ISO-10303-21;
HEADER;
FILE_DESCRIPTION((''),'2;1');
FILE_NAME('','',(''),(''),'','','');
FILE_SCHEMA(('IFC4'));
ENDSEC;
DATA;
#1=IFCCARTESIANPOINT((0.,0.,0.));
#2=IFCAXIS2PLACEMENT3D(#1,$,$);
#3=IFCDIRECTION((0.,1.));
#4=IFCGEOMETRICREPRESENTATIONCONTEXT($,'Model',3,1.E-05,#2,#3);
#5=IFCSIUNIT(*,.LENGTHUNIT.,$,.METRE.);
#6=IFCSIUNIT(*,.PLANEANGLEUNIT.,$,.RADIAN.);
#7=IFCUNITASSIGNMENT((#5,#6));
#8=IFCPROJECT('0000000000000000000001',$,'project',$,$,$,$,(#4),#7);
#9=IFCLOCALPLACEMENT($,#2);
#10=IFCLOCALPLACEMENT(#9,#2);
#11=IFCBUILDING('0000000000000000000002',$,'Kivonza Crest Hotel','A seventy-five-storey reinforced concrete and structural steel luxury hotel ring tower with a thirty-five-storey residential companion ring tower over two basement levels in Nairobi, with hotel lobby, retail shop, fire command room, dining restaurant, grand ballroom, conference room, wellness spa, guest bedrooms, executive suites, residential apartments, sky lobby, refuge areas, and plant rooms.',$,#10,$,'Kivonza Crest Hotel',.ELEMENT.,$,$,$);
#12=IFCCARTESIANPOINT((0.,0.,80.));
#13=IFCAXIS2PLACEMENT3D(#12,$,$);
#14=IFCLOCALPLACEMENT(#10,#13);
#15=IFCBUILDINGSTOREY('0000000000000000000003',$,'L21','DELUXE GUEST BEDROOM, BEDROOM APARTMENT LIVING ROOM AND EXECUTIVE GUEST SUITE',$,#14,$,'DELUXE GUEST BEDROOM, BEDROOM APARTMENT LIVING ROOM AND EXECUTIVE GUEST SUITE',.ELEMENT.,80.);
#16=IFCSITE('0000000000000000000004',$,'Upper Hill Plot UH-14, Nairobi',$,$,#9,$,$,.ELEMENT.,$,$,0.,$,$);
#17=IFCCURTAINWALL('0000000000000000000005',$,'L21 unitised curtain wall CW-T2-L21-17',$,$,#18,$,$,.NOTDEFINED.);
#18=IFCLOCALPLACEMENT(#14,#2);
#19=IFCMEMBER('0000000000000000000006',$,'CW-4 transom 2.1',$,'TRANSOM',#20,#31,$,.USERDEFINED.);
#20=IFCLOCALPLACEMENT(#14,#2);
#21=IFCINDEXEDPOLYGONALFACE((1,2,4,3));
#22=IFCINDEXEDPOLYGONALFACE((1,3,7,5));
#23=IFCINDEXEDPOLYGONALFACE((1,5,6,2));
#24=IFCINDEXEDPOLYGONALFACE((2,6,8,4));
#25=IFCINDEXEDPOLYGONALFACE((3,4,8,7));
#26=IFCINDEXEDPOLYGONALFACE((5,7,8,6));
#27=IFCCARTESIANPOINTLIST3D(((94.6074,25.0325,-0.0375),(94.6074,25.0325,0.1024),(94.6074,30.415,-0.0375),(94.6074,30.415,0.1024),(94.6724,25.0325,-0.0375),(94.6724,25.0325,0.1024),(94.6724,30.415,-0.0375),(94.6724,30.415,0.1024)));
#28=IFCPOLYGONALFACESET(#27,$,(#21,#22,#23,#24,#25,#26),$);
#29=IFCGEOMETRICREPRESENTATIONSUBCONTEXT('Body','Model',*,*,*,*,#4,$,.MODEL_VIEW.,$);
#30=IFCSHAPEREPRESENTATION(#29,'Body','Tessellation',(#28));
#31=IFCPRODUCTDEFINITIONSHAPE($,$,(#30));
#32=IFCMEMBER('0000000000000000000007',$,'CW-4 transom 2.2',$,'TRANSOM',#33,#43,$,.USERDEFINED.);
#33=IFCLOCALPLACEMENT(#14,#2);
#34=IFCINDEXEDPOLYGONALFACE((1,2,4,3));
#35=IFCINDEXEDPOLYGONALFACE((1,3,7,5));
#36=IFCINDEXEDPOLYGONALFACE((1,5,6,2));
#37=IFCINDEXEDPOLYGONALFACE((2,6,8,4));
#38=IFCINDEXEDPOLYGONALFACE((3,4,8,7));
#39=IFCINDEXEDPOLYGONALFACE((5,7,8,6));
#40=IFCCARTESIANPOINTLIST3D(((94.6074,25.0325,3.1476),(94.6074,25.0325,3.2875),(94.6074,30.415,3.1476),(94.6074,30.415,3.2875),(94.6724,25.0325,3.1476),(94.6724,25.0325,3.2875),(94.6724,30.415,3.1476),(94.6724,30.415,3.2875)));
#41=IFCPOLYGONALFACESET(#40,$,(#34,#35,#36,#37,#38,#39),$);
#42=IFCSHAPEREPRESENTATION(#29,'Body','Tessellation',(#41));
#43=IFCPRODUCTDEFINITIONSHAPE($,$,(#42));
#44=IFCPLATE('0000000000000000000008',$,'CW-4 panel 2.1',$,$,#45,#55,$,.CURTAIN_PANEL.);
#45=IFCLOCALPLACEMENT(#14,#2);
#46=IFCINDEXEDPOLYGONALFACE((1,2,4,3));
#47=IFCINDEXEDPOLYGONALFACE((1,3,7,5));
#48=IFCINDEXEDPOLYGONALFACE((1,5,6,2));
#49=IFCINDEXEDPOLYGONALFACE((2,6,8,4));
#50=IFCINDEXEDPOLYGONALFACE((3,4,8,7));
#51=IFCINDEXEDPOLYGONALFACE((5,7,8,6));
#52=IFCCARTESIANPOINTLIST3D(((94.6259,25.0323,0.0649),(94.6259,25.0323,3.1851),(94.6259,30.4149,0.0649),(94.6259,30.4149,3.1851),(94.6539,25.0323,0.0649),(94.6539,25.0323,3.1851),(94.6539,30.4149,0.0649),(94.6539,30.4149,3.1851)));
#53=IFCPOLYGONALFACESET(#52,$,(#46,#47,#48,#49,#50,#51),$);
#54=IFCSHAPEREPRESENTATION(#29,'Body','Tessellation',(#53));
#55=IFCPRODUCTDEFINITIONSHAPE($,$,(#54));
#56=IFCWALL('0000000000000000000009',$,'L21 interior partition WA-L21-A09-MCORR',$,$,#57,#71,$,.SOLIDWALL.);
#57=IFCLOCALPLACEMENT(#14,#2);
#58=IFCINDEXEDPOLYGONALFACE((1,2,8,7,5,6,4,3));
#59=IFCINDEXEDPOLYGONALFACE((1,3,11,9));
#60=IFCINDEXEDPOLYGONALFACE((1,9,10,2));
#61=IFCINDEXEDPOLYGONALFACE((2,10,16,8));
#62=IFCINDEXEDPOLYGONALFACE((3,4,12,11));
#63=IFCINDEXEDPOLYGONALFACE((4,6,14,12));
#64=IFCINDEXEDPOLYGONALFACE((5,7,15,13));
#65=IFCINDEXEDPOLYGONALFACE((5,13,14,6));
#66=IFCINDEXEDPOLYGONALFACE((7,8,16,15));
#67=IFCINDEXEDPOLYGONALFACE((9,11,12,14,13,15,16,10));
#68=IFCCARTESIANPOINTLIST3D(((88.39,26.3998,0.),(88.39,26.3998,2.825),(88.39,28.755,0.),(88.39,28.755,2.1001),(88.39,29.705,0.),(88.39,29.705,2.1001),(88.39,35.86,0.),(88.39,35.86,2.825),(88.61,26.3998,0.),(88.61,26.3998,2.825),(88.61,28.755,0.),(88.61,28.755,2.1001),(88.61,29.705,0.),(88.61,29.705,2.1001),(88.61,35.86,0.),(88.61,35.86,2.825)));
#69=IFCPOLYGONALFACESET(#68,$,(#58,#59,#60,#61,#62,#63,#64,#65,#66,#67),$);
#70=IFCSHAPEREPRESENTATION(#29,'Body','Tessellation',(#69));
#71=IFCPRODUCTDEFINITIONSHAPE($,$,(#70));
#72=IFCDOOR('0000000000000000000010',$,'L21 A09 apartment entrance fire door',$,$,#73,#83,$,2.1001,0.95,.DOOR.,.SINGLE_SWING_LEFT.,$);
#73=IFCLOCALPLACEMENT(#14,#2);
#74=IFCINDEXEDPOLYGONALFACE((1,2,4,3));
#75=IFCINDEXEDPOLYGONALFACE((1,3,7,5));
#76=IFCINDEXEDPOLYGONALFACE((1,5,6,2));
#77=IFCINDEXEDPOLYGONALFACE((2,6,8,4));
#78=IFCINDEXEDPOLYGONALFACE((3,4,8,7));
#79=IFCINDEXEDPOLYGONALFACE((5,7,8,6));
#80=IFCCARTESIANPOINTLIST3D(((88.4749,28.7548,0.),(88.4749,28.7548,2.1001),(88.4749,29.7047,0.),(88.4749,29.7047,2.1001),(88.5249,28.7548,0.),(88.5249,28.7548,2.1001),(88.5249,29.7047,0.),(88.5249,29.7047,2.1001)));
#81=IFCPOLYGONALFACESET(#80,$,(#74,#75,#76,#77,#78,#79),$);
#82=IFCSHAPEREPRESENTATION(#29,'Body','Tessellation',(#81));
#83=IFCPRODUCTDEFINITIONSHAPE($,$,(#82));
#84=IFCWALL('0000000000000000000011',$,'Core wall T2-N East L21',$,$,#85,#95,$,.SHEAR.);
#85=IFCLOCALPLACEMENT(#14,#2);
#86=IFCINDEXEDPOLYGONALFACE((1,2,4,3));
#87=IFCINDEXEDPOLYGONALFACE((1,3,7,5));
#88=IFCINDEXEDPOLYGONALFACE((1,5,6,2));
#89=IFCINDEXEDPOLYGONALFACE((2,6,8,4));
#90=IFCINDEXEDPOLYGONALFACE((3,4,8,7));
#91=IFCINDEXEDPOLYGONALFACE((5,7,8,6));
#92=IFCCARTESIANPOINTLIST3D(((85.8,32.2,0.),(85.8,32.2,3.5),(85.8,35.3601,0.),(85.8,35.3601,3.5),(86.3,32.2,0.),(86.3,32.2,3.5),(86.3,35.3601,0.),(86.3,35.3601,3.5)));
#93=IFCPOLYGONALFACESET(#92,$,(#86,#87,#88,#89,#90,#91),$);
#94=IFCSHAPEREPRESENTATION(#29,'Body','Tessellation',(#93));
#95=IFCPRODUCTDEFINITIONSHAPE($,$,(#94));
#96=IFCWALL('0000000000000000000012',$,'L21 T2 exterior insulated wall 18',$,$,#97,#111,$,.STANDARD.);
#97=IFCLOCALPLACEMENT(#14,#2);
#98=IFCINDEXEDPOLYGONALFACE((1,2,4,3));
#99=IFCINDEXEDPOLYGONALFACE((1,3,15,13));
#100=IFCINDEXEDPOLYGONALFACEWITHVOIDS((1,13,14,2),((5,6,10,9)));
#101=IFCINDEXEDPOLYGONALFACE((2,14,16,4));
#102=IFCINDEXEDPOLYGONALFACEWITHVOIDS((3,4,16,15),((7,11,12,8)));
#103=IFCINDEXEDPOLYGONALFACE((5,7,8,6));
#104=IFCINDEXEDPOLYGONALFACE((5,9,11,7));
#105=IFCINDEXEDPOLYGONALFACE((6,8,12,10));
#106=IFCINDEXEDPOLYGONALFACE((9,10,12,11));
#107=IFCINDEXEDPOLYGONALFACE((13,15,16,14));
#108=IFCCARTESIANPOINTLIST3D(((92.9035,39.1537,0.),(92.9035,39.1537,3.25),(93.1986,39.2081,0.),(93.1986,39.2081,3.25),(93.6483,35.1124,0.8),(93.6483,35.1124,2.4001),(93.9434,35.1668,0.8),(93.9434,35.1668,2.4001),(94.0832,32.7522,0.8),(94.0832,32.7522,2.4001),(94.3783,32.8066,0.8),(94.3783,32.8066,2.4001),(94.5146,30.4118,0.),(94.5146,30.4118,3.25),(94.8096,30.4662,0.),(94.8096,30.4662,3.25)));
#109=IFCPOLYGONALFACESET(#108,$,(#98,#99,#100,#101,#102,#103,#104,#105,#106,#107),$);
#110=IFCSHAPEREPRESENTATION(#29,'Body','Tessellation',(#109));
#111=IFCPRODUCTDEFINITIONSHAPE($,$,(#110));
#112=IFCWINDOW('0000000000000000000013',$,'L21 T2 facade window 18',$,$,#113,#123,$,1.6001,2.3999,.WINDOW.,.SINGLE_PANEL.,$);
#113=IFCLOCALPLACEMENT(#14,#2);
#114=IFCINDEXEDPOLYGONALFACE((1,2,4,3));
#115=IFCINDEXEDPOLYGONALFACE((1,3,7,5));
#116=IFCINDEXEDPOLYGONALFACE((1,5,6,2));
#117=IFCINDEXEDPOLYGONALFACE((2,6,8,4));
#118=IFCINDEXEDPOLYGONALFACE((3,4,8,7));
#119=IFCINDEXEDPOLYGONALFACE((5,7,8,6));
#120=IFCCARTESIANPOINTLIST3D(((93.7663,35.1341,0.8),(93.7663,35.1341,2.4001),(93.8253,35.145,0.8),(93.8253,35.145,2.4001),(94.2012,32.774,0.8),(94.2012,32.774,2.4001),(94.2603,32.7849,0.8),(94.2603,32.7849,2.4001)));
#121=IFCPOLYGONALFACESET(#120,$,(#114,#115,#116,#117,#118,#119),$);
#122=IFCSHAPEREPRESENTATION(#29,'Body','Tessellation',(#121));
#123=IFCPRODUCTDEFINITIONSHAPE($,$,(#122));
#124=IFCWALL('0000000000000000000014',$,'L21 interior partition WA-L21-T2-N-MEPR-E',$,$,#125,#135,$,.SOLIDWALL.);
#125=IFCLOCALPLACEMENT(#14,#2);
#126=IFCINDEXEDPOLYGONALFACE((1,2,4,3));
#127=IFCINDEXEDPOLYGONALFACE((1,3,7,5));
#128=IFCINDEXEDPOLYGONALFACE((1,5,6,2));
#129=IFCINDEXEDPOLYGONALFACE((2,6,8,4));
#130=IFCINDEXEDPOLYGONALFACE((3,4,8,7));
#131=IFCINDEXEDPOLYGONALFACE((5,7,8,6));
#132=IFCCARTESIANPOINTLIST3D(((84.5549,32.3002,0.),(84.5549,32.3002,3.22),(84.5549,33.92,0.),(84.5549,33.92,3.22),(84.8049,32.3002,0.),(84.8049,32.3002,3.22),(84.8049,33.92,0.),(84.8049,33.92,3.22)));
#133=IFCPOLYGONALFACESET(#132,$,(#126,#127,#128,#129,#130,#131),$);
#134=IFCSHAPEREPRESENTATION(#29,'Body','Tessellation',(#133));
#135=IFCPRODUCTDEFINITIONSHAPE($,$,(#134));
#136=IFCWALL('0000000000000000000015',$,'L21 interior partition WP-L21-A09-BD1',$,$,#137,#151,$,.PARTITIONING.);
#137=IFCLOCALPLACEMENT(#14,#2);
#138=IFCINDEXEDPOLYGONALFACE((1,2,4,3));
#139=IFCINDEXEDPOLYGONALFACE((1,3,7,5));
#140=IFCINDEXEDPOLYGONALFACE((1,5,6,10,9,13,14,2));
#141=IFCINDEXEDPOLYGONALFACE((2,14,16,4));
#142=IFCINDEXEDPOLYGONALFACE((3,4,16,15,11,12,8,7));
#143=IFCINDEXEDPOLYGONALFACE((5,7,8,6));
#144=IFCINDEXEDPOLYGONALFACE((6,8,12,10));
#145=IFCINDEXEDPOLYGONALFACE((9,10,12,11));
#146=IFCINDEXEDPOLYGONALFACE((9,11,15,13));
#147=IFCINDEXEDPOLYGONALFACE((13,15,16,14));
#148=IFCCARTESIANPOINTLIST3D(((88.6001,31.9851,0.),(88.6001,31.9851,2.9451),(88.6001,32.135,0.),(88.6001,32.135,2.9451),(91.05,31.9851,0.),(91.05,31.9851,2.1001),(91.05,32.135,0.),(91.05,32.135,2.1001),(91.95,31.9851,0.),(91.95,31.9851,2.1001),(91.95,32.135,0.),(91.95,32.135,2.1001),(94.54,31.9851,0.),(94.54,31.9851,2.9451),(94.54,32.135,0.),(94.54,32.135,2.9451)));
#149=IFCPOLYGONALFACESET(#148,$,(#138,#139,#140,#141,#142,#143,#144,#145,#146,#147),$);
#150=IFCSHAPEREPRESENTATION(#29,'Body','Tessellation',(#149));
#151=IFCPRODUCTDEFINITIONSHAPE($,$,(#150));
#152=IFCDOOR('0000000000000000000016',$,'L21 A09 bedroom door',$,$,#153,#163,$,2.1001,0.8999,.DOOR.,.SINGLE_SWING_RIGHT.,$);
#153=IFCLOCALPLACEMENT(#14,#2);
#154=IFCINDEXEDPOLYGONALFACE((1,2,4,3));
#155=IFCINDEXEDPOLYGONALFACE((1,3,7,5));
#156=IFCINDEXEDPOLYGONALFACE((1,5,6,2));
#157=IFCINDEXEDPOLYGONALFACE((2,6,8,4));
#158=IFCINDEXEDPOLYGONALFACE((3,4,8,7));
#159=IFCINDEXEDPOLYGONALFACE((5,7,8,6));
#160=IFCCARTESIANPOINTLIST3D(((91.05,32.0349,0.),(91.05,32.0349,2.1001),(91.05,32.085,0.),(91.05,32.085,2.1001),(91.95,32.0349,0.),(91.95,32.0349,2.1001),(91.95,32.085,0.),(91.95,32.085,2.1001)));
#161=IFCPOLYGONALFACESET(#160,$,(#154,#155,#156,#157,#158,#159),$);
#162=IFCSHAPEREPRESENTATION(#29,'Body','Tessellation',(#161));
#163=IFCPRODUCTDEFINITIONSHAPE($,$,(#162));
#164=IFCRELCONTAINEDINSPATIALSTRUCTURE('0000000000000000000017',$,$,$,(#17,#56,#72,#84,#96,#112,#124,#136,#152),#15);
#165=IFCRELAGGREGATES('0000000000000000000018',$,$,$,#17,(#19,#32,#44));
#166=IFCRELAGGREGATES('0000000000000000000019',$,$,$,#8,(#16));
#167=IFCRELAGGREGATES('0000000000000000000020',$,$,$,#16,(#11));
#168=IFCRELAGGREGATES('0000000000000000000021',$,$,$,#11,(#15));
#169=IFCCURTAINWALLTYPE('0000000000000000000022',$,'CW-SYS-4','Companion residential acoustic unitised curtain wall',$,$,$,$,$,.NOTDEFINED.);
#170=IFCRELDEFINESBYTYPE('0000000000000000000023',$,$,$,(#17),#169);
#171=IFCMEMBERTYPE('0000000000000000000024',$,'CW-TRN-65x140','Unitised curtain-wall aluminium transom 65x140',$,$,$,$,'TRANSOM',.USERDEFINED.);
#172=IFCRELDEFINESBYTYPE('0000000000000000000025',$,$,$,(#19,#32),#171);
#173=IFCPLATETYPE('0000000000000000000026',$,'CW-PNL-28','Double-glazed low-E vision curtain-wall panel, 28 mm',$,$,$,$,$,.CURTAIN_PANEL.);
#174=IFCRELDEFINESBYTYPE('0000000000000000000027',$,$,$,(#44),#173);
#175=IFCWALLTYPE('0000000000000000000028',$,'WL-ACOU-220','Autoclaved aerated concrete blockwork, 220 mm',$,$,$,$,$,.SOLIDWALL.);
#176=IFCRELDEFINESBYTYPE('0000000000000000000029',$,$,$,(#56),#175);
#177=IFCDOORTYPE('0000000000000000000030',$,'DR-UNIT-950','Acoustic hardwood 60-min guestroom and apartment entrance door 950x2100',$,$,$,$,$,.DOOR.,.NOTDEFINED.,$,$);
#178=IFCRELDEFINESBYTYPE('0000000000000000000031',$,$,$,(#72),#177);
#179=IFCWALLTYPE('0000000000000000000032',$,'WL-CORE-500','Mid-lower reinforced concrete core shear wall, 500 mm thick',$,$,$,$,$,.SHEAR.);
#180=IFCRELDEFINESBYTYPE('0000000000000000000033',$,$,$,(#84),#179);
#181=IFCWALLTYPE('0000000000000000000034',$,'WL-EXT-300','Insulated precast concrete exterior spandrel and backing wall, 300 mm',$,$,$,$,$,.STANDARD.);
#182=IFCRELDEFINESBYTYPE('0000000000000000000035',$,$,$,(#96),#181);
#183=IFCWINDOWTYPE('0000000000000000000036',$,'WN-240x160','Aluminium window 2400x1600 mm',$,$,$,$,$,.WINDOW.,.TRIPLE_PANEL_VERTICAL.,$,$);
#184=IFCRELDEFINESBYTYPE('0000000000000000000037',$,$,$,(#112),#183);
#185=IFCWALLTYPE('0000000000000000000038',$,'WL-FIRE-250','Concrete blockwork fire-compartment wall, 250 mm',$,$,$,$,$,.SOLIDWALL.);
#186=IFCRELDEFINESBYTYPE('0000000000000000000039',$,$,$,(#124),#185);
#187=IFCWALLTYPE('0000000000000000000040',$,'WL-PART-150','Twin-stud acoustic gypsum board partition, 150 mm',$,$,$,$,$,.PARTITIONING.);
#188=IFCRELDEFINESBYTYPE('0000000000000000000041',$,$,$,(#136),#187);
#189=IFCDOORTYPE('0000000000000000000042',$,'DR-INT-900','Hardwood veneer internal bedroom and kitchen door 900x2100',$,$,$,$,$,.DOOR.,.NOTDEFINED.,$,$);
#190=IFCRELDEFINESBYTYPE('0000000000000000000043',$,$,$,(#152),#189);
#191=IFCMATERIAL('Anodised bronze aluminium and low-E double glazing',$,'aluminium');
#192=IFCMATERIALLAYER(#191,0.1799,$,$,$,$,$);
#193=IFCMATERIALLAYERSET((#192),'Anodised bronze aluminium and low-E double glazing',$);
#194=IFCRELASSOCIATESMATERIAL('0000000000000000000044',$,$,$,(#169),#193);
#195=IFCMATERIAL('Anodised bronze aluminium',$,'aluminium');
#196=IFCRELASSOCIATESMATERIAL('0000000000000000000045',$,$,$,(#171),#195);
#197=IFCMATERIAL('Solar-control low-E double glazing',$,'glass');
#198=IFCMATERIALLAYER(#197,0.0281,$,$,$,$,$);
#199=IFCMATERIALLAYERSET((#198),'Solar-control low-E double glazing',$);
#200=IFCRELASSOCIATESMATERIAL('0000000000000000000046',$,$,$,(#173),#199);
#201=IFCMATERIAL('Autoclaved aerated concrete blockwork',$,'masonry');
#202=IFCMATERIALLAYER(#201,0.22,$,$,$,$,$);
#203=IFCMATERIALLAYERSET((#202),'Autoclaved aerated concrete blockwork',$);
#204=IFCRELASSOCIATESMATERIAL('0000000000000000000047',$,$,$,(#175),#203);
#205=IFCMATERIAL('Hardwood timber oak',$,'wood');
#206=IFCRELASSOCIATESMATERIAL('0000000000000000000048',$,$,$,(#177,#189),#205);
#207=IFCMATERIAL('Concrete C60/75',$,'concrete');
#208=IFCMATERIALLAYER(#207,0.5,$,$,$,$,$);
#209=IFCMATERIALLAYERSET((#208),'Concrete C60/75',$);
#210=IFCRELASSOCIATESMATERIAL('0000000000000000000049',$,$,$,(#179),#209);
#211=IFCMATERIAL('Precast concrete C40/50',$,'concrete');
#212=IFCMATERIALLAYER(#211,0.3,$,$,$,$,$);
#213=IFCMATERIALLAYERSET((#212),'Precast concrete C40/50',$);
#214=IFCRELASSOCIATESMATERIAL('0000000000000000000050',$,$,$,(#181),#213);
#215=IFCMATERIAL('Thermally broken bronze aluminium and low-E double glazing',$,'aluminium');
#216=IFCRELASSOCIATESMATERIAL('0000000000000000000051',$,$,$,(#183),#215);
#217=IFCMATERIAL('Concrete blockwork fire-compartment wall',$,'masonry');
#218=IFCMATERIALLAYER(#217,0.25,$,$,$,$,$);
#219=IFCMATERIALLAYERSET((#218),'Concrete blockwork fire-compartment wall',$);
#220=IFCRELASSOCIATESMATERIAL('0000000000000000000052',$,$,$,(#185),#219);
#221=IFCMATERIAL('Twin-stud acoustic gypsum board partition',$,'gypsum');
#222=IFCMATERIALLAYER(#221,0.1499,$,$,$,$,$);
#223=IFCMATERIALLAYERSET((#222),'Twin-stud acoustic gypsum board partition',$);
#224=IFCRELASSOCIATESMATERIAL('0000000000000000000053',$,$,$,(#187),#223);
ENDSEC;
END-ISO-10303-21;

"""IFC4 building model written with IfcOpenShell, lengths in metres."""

from ifc_helpers import new_model, si_unit, direction, frame, frame_2d, origin, origin_2d, place, context, subcontext, project, spatial, rectangle, extrude, material, layer, layer_set, material_profile, profile_set, type_object, element, fill, aggregate, save


model = new_model("IFC4")

# Units and contexts
model_context = context("Model", 3, precision=1e-05, world=origin(), true_north=direction((0.0, 1.0)))
body_context = subcontext(model_context, "Body", "Model", "MODEL_VIEW")
ifc_project = project(units=[si_unit("LENGTHUNIT", "METRE"), si_unit("PLANEANGLEUNIT", "RADIAN")], contexts=[model_context])

# Site, building, storey
site_placement = place(None, origin())
site = spatial("IfcSite", under=ifc_project, at=site_placement, Name="Upper Hill Plot UH-14, Nairobi", CompositionType="ELEMENT", RefElevation=0.0)
building_placement = place(site_placement, origin())
building = spatial("IfcBuilding", under=site, at=building_placement, Name="Kivonza Crest Hotel", Description="A seventy-five-storey reinforced concrete and structural steel luxury hotel ring tower with a thirty-five-storey residential companion ring tower over two basement levels in Nairobi, with hotel lobby, retail shop, fire command room, dining restaurant, grand ballroom, conference room, wellness spa, guest bedrooms, executive suites, residential apartments, sky lobby, refuge areas, and plant rooms.", LongName="Kivonza Crest Hotel", CompositionType="ELEMENT")
storey_placement = place(building_placement, frame((0.0, 0.0, 80.0)))
storey = spatial("IfcBuildingStorey", under=building, at=storey_placement, Name="L21", Description="DELUXE GUEST BEDROOM, BEDROOM APARTMENT LIVING ROOM AND EXECUTIVE GUEST SUITE", LongName="DELUXE GUEST BEDROOM, BEDROOM APARTMENT LIVING ROOM AND EXECUTIVE GUEST SUITE", CompositionType="ELEMENT", Elevation=80.0)

# Curtain wall, members, plate
ifc_material_1 = material(Name="Anodised bronze aluminium and low-E double glazing", Category="aluminium")
ifc_layer_1 = layer(ifc_material_1, 0.1799)
ifc_layer_set_1 = layer_set([ifc_layer_1], Name="Anodised bronze aluminium and low-E double glazing")
curtain_wall_type = type_object("IfcCurtainWallType", Name="CW-SYS-4", Description="Companion residential acoustic unitised curtain wall", PredefinedType="NOTDEFINED", material=ifc_layer_set_1)
curtain_wall_placement = place(storey_placement, origin())
curtain_wall = element("IfcCurtainWall", 1, at=curtain_wall_placement, inside=storey, type_object=curtain_wall_type, Name="L21 unitised curtain wall CW-T2-L21-17", PredefinedType="NOTDEFINED")
ifc_material_2 = material(Name="Anodised bronze aluminium", Category="aluminium")
ifc_material_profile_1 = material_profile(ifc_material_2, rectangle(XDim=0.0649, YDim=0.1399, at=origin_2d()), Name="CW-T 65x140")
ifc_profile_set_1 = profile_set([ifc_material_profile_1], Name="Anodised bronze aluminium")
member_type_1 = type_object("IfcMemberType", Name="CW-TRN-65x140", Description="Unitised curtain-wall aluminium transom 65x140", ElementType="TRANSOM", PredefinedType="USERDEFINED", material=ifc_profile_set_1)
member_1_placement = place(storey_placement, frame((94.6399, 25.0325, 0.0325), z_axis=(0.0, 1.0, 0.0), x_axis=(-1.0, 0.0, 0.0)))
member_1 = element("IfcMember", 2, at=member_1_placement, type_object=member_type_1, Name="CW-4 transom 2.1", ObjectType="TRANSOM", PredefinedType="USERDEFINED", context=body_context, shape_type="SweptSolid", body=[
    extrude(rectangle(XDim=0.0649, YDim=0.1399, at=origin_2d()), origin(), (0.0, 0.0, 1.0), 5.3826),
])
member_2_placement = place(storey_placement, frame((94.6399, 25.0325, 3.2175), z_axis=(0.0, 1.0, 0.0), x_axis=(-1.0, 0.0, 0.0)))
member_2 = element("IfcMember", 3, at=member_2_placement, type_object=member_type_1, Name="CW-4 transom 2.2", ObjectType="TRANSOM", PredefinedType="USERDEFINED", context=body_context, shape_type="SweptSolid", body=[
    extrude(rectangle(XDim=0.0649, YDim=0.1399, at=origin_2d()), origin(), (0.0, 0.0, 1.0), 5.3826),
])
ifc_material_3 = material(Name="Solar-control low-E double glazing", Category="glass")
ifc_layer_2 = layer(ifc_material_3, 0.0281)
ifc_layer_set_2 = layer_set([ifc_layer_2], Name="Solar-control low-E double glazing")
plate_type = type_object("IfcPlateType", Name="CW-PNL-28", Description="Double-glazed low-E vision curtain-wall panel, 28 mm", PredefinedType="CURTAIN_PANEL", material=ifc_layer_set_2)
plate_placement = place(storey_placement, frame((94.6399, 27.7236, 0.0649), z_axis=(0.0, 0.0, 1.0), x_axis=(0.0, 1.0, 0.0)))
plate = element("IfcPlate", 4, at=plate_placement, type_object=plate_type, Name="CW-4 panel 2.1", PredefinedType="CURTAIN_PANEL", context=body_context, shape_type="SweptSolid", body=[
    extrude(rectangle(XDim=5.3826, YDim=0.0281, at=origin_2d()), origin(), (0.0, 0.0, 1.0), 3.1201),
])
aggregate(curtain_wall, [member_1, member_2, plate])

# Wall, opening, door
ifc_material_4 = material(Name="Autoclaved aerated concrete blockwork", Category="masonry")
ifc_layer_3 = layer(ifc_material_4, 0.22)
ifc_layer_set_3 = layer_set([ifc_layer_3], Name="Autoclaved aerated concrete blockwork")
wall_type_1 = type_object("IfcWallType", Name="WL-ACOU-220", Description="Autoclaved aerated concrete blockwork, 220 mm", PredefinedType="SOLIDWALL", material=ifc_layer_set_3)
wall_1_placement = place(storey_placement, frame((88.5, 26.3999, 0.0), z_axis=(0.0, 0.0, 1.0), x_axis=(0.0, 1.0, 0.0)))
wall_1 = element("IfcWall", 5, at=wall_1_placement, inside=storey, type_object=wall_type_1, Name="L21 interior partition WA-L21-A09-MCORR", PredefinedType="SOLIDWALL", context=body_context, shape_type="SweptSolid", body=[
    extrude(rectangle(XDim=9.4602, YDim=0.22, at=frame_2d((4.73, 0.0))), origin(), (0.0, 0.0, 1.0), 2.825),
])
opening_1_placement = place(wall_1_placement, frame((2.355, 0.0, 0.0)))
opening_1 = element("IfcOpeningElement", 6, at=opening_1_placement, cuts=wall_1, PredefinedType="OPENING", context=body_context, shape_type="SweptSolid", body=[
    extrude(rectangle(XDim=0.95, YDim=2.1001, at=frame_2d((0.4751, 1.05))), frame((0.0, 0.1201, 0.0), z_axis=(0.0, -1.0, 0.0), x_axis=(1.0, 0.0, 0.0)), (0.0, 0.0, 1.0), 0.24),
])
ifc_material_5 = material(Name="Hardwood timber oak", Category="wood")
door_type_1 = type_object("IfcDoorType", Name="DR-UNIT-950", Description="Acoustic hardwood 60-min guestroom and apartment entrance door 950x2100", OperationType="NOTDEFINED", PredefinedType="DOOR", material=ifc_material_5)
door_1_placement = place(opening_1_placement, frame((0.95, 0.0, 0.0), z_axis=(0.0, 0.0, 1.0), x_axis=(-1.0, 0.0, 0.0)))
door_1 = element("IfcDoor", 7, at=door_1_placement, inside=storey, type_object=door_type_1, Name="L21 A09 apartment entrance fire door", OperationType="SINGLE_SWING_LEFT", OverallHeight=2.1001, OverallWidth=0.95, PredefinedType="DOOR", context=body_context, shape_type="SweptSolid", body=[
    extrude(rectangle(XDim=0.95, YDim=2.1001, at=frame_2d((0.4751, 1.05))), frame((0.0, 0.0249, 0.0), z_axis=(0.0, -1.0, 0.0), x_axis=(1.0, 0.0, 0.0)), (0.0, 0.0, 1.0), 0.05),
])
fill(opening_1, door_1)

# Wall
ifc_material_6 = material(Name="Concrete C60/75", Category="concrete")
ifc_layer_4 = layer(ifc_material_6, 0.5)
ifc_layer_set_4 = layer_set([ifc_layer_4], Name="Concrete C60/75")
wall_type_2 = type_object("IfcWallType", Name="WL-CORE-500", Description="Mid-lower reinforced concrete core shear wall, 500 mm thick", PredefinedType="SHEAR", material=ifc_layer_set_4)
wall_2_placement = place(storey_placement, frame((86.05, 32.2, 0.0), z_axis=(0.0, 0.0, 1.0), x_axis=(0.0, 1.0, 0.0)))
element("IfcWall", 8, at=wall_2_placement, inside=storey, type_object=wall_type_2, Name="Core wall T2-N East L21", PredefinedType="SHEAR", context=body_context, shape_type="SweptSolid", body=[
    extrude(rectangle(XDim=3.1602, YDim=0.5, at=frame_2d((1.5801, 0.0))), origin(), (0.0, 0.0, 1.0), 3.5),
])

# Wall, opening, window
ifc_material_7 = material(Name="Precast concrete C40/50", Category="concrete")
ifc_layer_5 = layer(ifc_material_7, 0.3)
ifc_layer_set_5 = layer_set([ifc_layer_5], Name="Precast concrete C40/50")
wall_type_3 = type_object("IfcWallType", Name="WL-EXT-300", Description="Insulated precast concrete exterior spandrel and backing wall, 300 mm", PredefinedType="STANDARD", material=ifc_layer_set_5)
wall_3_placement = place(storey_placement, frame((94.6621, 30.439, 0.0), z_axis=(0.0, 0.0, 1.0), x_axis=(-0.181241, 0.983439, 0.0)))
wall_3 = element("IfcWall", 9, at=wall_3_placement, inside=storey, type_object=wall_type_3, Name="L21 T2 exterior insulated wall 18", PredefinedType="STANDARD", context=body_context, shape_type="SweptSolid", body=[
    extrude(rectangle(XDim=8.8892, YDim=0.3, at=frame_2d((4.4446, 0.0))), origin(), (0.0, 0.0, 1.0), 3.25),
])
opening_2_placement = place(wall_3_placement, frame((2.3799, 0.0, 0.8)))
opening_2 = element("IfcOpeningElement", 10, at=opening_2_placement, cuts=wall_3, PredefinedType="OPENING", context=body_context, shape_type="SweptSolid", body=[
    extrude(rectangle(XDim=2.3999, YDim=1.6001, at=frame_2d((1.2, 0.8))), frame((0.0, 0.1602, 0.0), z_axis=(0.0, -1.0, 0.0), x_axis=(1.0, 0.0, 0.0)), (0.0, 0.0, 1.0), 0.3201),
])
ifc_material_8 = material(Name="Thermally broken bronze aluminium and low-E double glazing", Category="aluminium")
window_type = type_object("IfcWindowType", Name="WN-240x160", Description="Aluminium window 2400x1600 mm", PartitioningType="TRIPLE_PANEL_VERTICAL", PredefinedType="WINDOW", material=ifc_material_8)
window_placement = place(opening_2_placement, origin())
window = element("IfcWindow", 11, at=window_placement, inside=storey, type_object=window_type, Name="L21 T2 facade window 18", OverallHeight=1.6001, OverallWidth=2.3999, PartitioningType="SINGLE_PANEL", PredefinedType="WINDOW", context=body_context, shape_type="SweptSolid", body=[
    extrude(rectangle(XDim=2.3999, YDim=1.6001, at=frame_2d((1.2, 0.8))), frame((0.0, 0.03, 0.0), z_axis=(0.0, -1.0, 0.0), x_axis=(1.0, 0.0, 0.0)), (0.0, 0.0, 1.0), 0.0601),
])
fill(opening_2, window)

# Wall
ifc_material_9 = material(Name="Concrete blockwork fire-compartment wall", Category="masonry")
ifc_layer_6 = layer(ifc_material_9, 0.25)
ifc_layer_set_6 = layer_set([ifc_layer_6], Name="Concrete blockwork fire-compartment wall")
wall_type_4 = type_object("IfcWallType", Name="WL-FIRE-250", Description="Concrete blockwork fire-compartment wall, 250 mm", PredefinedType="SOLIDWALL", material=ifc_layer_set_6)
wall_4_placement = place(storey_placement, frame((84.6799, 32.3, 0.0), z_axis=(0.0, 0.0, 1.0), x_axis=(0.0, 1.0, 0.0)))
element("IfcWall", 12, at=wall_4_placement, inside=storey, type_object=wall_type_4, Name="L21 interior partition WA-L21-T2-N-MEPR-E", PredefinedType="SOLIDWALL", context=body_context, shape_type="SweptSolid", body=[
    extrude(rectangle(XDim=1.6199, YDim=0.25, at=frame_2d((0.8101, 0.0))), origin(), (0.0, 0.0, 1.0), 3.22),
])

# Wall, opening, door
ifc_material_10 = material(Name="Twin-stud acoustic gypsum board partition", Category="gypsum")
ifc_layer_7 = layer(ifc_material_10, 0.1499)
ifc_layer_set_7 = layer_set([ifc_layer_7], Name="Twin-stud acoustic gypsum board partition")
wall_type_5 = type_object("IfcWallType", Name="WL-PART-150", Description="Twin-stud acoustic gypsum board partition, 150 mm", PredefinedType="PARTITIONING", material=ifc_layer_set_7)
wall_5_placement = place(storey_placement, frame((88.6001, 32.0601, 0.0), z_axis=(0.0, 0.0, 1.0), x_axis=(1.0, 0.0, 0.0)))
wall_5 = element("IfcWall", 13, at=wall_5_placement, inside=storey, type_object=wall_type_5, Name="L21 interior partition WP-L21-A09-BD1", PredefinedType="PARTITIONING", context=body_context, shape_type="SweptSolid", body=[
    extrude(rectangle(XDim=5.9399, YDim=0.1499, at=frame_2d((2.97, 0.0))), origin(), (0.0, 0.0, 1.0), 2.9451),
])
opening_3_placement = place(wall_5_placement, frame((2.45, 0.0, 0.0)))
opening_3 = element("IfcOpeningElement", 14, at=opening_3_placement, cuts=wall_5, PredefinedType="OPENING", context=body_context, shape_type="SweptSolid", body=[
    extrude(rectangle(XDim=0.8999, YDim=2.1001, at=frame_2d((0.45, 1.05))), frame((0.0, 0.085, 0.0), z_axis=(0.0, -1.0, 0.0), x_axis=(1.0, 0.0, 0.0)), (0.0, 0.0, 1.0), 0.1699),
])
door_type_2 = type_object("IfcDoorType", Name="DR-INT-900", Description="Hardwood veneer internal bedroom and kitchen door 900x2100", OperationType="NOTDEFINED", PredefinedType="DOOR", material=ifc_material_5)
door_2_placement = place(opening_3_placement, origin())
door_2 = element("IfcDoor", 15, at=door_2_placement, inside=storey, type_object=door_type_2, Name="L21 A09 bedroom door", OperationType="SINGLE_SWING_RIGHT", OverallHeight=2.1001, OverallWidth=0.8999, PredefinedType="DOOR", context=body_context, shape_type="SweptSolid", body=[
    extrude(rectangle(XDim=0.8999, YDim=2.1001, at=frame_2d((0.45, 1.05))), frame((0.0, 0.0249, 0.0), z_axis=(0.0, -1.0, 0.0), x_axis=(1.0, 0.0, 0.0)), (0.0, 0.0, 1.0), 0.05),
])
fill(opening_3, door_2)

save(model, "model.ifc")
